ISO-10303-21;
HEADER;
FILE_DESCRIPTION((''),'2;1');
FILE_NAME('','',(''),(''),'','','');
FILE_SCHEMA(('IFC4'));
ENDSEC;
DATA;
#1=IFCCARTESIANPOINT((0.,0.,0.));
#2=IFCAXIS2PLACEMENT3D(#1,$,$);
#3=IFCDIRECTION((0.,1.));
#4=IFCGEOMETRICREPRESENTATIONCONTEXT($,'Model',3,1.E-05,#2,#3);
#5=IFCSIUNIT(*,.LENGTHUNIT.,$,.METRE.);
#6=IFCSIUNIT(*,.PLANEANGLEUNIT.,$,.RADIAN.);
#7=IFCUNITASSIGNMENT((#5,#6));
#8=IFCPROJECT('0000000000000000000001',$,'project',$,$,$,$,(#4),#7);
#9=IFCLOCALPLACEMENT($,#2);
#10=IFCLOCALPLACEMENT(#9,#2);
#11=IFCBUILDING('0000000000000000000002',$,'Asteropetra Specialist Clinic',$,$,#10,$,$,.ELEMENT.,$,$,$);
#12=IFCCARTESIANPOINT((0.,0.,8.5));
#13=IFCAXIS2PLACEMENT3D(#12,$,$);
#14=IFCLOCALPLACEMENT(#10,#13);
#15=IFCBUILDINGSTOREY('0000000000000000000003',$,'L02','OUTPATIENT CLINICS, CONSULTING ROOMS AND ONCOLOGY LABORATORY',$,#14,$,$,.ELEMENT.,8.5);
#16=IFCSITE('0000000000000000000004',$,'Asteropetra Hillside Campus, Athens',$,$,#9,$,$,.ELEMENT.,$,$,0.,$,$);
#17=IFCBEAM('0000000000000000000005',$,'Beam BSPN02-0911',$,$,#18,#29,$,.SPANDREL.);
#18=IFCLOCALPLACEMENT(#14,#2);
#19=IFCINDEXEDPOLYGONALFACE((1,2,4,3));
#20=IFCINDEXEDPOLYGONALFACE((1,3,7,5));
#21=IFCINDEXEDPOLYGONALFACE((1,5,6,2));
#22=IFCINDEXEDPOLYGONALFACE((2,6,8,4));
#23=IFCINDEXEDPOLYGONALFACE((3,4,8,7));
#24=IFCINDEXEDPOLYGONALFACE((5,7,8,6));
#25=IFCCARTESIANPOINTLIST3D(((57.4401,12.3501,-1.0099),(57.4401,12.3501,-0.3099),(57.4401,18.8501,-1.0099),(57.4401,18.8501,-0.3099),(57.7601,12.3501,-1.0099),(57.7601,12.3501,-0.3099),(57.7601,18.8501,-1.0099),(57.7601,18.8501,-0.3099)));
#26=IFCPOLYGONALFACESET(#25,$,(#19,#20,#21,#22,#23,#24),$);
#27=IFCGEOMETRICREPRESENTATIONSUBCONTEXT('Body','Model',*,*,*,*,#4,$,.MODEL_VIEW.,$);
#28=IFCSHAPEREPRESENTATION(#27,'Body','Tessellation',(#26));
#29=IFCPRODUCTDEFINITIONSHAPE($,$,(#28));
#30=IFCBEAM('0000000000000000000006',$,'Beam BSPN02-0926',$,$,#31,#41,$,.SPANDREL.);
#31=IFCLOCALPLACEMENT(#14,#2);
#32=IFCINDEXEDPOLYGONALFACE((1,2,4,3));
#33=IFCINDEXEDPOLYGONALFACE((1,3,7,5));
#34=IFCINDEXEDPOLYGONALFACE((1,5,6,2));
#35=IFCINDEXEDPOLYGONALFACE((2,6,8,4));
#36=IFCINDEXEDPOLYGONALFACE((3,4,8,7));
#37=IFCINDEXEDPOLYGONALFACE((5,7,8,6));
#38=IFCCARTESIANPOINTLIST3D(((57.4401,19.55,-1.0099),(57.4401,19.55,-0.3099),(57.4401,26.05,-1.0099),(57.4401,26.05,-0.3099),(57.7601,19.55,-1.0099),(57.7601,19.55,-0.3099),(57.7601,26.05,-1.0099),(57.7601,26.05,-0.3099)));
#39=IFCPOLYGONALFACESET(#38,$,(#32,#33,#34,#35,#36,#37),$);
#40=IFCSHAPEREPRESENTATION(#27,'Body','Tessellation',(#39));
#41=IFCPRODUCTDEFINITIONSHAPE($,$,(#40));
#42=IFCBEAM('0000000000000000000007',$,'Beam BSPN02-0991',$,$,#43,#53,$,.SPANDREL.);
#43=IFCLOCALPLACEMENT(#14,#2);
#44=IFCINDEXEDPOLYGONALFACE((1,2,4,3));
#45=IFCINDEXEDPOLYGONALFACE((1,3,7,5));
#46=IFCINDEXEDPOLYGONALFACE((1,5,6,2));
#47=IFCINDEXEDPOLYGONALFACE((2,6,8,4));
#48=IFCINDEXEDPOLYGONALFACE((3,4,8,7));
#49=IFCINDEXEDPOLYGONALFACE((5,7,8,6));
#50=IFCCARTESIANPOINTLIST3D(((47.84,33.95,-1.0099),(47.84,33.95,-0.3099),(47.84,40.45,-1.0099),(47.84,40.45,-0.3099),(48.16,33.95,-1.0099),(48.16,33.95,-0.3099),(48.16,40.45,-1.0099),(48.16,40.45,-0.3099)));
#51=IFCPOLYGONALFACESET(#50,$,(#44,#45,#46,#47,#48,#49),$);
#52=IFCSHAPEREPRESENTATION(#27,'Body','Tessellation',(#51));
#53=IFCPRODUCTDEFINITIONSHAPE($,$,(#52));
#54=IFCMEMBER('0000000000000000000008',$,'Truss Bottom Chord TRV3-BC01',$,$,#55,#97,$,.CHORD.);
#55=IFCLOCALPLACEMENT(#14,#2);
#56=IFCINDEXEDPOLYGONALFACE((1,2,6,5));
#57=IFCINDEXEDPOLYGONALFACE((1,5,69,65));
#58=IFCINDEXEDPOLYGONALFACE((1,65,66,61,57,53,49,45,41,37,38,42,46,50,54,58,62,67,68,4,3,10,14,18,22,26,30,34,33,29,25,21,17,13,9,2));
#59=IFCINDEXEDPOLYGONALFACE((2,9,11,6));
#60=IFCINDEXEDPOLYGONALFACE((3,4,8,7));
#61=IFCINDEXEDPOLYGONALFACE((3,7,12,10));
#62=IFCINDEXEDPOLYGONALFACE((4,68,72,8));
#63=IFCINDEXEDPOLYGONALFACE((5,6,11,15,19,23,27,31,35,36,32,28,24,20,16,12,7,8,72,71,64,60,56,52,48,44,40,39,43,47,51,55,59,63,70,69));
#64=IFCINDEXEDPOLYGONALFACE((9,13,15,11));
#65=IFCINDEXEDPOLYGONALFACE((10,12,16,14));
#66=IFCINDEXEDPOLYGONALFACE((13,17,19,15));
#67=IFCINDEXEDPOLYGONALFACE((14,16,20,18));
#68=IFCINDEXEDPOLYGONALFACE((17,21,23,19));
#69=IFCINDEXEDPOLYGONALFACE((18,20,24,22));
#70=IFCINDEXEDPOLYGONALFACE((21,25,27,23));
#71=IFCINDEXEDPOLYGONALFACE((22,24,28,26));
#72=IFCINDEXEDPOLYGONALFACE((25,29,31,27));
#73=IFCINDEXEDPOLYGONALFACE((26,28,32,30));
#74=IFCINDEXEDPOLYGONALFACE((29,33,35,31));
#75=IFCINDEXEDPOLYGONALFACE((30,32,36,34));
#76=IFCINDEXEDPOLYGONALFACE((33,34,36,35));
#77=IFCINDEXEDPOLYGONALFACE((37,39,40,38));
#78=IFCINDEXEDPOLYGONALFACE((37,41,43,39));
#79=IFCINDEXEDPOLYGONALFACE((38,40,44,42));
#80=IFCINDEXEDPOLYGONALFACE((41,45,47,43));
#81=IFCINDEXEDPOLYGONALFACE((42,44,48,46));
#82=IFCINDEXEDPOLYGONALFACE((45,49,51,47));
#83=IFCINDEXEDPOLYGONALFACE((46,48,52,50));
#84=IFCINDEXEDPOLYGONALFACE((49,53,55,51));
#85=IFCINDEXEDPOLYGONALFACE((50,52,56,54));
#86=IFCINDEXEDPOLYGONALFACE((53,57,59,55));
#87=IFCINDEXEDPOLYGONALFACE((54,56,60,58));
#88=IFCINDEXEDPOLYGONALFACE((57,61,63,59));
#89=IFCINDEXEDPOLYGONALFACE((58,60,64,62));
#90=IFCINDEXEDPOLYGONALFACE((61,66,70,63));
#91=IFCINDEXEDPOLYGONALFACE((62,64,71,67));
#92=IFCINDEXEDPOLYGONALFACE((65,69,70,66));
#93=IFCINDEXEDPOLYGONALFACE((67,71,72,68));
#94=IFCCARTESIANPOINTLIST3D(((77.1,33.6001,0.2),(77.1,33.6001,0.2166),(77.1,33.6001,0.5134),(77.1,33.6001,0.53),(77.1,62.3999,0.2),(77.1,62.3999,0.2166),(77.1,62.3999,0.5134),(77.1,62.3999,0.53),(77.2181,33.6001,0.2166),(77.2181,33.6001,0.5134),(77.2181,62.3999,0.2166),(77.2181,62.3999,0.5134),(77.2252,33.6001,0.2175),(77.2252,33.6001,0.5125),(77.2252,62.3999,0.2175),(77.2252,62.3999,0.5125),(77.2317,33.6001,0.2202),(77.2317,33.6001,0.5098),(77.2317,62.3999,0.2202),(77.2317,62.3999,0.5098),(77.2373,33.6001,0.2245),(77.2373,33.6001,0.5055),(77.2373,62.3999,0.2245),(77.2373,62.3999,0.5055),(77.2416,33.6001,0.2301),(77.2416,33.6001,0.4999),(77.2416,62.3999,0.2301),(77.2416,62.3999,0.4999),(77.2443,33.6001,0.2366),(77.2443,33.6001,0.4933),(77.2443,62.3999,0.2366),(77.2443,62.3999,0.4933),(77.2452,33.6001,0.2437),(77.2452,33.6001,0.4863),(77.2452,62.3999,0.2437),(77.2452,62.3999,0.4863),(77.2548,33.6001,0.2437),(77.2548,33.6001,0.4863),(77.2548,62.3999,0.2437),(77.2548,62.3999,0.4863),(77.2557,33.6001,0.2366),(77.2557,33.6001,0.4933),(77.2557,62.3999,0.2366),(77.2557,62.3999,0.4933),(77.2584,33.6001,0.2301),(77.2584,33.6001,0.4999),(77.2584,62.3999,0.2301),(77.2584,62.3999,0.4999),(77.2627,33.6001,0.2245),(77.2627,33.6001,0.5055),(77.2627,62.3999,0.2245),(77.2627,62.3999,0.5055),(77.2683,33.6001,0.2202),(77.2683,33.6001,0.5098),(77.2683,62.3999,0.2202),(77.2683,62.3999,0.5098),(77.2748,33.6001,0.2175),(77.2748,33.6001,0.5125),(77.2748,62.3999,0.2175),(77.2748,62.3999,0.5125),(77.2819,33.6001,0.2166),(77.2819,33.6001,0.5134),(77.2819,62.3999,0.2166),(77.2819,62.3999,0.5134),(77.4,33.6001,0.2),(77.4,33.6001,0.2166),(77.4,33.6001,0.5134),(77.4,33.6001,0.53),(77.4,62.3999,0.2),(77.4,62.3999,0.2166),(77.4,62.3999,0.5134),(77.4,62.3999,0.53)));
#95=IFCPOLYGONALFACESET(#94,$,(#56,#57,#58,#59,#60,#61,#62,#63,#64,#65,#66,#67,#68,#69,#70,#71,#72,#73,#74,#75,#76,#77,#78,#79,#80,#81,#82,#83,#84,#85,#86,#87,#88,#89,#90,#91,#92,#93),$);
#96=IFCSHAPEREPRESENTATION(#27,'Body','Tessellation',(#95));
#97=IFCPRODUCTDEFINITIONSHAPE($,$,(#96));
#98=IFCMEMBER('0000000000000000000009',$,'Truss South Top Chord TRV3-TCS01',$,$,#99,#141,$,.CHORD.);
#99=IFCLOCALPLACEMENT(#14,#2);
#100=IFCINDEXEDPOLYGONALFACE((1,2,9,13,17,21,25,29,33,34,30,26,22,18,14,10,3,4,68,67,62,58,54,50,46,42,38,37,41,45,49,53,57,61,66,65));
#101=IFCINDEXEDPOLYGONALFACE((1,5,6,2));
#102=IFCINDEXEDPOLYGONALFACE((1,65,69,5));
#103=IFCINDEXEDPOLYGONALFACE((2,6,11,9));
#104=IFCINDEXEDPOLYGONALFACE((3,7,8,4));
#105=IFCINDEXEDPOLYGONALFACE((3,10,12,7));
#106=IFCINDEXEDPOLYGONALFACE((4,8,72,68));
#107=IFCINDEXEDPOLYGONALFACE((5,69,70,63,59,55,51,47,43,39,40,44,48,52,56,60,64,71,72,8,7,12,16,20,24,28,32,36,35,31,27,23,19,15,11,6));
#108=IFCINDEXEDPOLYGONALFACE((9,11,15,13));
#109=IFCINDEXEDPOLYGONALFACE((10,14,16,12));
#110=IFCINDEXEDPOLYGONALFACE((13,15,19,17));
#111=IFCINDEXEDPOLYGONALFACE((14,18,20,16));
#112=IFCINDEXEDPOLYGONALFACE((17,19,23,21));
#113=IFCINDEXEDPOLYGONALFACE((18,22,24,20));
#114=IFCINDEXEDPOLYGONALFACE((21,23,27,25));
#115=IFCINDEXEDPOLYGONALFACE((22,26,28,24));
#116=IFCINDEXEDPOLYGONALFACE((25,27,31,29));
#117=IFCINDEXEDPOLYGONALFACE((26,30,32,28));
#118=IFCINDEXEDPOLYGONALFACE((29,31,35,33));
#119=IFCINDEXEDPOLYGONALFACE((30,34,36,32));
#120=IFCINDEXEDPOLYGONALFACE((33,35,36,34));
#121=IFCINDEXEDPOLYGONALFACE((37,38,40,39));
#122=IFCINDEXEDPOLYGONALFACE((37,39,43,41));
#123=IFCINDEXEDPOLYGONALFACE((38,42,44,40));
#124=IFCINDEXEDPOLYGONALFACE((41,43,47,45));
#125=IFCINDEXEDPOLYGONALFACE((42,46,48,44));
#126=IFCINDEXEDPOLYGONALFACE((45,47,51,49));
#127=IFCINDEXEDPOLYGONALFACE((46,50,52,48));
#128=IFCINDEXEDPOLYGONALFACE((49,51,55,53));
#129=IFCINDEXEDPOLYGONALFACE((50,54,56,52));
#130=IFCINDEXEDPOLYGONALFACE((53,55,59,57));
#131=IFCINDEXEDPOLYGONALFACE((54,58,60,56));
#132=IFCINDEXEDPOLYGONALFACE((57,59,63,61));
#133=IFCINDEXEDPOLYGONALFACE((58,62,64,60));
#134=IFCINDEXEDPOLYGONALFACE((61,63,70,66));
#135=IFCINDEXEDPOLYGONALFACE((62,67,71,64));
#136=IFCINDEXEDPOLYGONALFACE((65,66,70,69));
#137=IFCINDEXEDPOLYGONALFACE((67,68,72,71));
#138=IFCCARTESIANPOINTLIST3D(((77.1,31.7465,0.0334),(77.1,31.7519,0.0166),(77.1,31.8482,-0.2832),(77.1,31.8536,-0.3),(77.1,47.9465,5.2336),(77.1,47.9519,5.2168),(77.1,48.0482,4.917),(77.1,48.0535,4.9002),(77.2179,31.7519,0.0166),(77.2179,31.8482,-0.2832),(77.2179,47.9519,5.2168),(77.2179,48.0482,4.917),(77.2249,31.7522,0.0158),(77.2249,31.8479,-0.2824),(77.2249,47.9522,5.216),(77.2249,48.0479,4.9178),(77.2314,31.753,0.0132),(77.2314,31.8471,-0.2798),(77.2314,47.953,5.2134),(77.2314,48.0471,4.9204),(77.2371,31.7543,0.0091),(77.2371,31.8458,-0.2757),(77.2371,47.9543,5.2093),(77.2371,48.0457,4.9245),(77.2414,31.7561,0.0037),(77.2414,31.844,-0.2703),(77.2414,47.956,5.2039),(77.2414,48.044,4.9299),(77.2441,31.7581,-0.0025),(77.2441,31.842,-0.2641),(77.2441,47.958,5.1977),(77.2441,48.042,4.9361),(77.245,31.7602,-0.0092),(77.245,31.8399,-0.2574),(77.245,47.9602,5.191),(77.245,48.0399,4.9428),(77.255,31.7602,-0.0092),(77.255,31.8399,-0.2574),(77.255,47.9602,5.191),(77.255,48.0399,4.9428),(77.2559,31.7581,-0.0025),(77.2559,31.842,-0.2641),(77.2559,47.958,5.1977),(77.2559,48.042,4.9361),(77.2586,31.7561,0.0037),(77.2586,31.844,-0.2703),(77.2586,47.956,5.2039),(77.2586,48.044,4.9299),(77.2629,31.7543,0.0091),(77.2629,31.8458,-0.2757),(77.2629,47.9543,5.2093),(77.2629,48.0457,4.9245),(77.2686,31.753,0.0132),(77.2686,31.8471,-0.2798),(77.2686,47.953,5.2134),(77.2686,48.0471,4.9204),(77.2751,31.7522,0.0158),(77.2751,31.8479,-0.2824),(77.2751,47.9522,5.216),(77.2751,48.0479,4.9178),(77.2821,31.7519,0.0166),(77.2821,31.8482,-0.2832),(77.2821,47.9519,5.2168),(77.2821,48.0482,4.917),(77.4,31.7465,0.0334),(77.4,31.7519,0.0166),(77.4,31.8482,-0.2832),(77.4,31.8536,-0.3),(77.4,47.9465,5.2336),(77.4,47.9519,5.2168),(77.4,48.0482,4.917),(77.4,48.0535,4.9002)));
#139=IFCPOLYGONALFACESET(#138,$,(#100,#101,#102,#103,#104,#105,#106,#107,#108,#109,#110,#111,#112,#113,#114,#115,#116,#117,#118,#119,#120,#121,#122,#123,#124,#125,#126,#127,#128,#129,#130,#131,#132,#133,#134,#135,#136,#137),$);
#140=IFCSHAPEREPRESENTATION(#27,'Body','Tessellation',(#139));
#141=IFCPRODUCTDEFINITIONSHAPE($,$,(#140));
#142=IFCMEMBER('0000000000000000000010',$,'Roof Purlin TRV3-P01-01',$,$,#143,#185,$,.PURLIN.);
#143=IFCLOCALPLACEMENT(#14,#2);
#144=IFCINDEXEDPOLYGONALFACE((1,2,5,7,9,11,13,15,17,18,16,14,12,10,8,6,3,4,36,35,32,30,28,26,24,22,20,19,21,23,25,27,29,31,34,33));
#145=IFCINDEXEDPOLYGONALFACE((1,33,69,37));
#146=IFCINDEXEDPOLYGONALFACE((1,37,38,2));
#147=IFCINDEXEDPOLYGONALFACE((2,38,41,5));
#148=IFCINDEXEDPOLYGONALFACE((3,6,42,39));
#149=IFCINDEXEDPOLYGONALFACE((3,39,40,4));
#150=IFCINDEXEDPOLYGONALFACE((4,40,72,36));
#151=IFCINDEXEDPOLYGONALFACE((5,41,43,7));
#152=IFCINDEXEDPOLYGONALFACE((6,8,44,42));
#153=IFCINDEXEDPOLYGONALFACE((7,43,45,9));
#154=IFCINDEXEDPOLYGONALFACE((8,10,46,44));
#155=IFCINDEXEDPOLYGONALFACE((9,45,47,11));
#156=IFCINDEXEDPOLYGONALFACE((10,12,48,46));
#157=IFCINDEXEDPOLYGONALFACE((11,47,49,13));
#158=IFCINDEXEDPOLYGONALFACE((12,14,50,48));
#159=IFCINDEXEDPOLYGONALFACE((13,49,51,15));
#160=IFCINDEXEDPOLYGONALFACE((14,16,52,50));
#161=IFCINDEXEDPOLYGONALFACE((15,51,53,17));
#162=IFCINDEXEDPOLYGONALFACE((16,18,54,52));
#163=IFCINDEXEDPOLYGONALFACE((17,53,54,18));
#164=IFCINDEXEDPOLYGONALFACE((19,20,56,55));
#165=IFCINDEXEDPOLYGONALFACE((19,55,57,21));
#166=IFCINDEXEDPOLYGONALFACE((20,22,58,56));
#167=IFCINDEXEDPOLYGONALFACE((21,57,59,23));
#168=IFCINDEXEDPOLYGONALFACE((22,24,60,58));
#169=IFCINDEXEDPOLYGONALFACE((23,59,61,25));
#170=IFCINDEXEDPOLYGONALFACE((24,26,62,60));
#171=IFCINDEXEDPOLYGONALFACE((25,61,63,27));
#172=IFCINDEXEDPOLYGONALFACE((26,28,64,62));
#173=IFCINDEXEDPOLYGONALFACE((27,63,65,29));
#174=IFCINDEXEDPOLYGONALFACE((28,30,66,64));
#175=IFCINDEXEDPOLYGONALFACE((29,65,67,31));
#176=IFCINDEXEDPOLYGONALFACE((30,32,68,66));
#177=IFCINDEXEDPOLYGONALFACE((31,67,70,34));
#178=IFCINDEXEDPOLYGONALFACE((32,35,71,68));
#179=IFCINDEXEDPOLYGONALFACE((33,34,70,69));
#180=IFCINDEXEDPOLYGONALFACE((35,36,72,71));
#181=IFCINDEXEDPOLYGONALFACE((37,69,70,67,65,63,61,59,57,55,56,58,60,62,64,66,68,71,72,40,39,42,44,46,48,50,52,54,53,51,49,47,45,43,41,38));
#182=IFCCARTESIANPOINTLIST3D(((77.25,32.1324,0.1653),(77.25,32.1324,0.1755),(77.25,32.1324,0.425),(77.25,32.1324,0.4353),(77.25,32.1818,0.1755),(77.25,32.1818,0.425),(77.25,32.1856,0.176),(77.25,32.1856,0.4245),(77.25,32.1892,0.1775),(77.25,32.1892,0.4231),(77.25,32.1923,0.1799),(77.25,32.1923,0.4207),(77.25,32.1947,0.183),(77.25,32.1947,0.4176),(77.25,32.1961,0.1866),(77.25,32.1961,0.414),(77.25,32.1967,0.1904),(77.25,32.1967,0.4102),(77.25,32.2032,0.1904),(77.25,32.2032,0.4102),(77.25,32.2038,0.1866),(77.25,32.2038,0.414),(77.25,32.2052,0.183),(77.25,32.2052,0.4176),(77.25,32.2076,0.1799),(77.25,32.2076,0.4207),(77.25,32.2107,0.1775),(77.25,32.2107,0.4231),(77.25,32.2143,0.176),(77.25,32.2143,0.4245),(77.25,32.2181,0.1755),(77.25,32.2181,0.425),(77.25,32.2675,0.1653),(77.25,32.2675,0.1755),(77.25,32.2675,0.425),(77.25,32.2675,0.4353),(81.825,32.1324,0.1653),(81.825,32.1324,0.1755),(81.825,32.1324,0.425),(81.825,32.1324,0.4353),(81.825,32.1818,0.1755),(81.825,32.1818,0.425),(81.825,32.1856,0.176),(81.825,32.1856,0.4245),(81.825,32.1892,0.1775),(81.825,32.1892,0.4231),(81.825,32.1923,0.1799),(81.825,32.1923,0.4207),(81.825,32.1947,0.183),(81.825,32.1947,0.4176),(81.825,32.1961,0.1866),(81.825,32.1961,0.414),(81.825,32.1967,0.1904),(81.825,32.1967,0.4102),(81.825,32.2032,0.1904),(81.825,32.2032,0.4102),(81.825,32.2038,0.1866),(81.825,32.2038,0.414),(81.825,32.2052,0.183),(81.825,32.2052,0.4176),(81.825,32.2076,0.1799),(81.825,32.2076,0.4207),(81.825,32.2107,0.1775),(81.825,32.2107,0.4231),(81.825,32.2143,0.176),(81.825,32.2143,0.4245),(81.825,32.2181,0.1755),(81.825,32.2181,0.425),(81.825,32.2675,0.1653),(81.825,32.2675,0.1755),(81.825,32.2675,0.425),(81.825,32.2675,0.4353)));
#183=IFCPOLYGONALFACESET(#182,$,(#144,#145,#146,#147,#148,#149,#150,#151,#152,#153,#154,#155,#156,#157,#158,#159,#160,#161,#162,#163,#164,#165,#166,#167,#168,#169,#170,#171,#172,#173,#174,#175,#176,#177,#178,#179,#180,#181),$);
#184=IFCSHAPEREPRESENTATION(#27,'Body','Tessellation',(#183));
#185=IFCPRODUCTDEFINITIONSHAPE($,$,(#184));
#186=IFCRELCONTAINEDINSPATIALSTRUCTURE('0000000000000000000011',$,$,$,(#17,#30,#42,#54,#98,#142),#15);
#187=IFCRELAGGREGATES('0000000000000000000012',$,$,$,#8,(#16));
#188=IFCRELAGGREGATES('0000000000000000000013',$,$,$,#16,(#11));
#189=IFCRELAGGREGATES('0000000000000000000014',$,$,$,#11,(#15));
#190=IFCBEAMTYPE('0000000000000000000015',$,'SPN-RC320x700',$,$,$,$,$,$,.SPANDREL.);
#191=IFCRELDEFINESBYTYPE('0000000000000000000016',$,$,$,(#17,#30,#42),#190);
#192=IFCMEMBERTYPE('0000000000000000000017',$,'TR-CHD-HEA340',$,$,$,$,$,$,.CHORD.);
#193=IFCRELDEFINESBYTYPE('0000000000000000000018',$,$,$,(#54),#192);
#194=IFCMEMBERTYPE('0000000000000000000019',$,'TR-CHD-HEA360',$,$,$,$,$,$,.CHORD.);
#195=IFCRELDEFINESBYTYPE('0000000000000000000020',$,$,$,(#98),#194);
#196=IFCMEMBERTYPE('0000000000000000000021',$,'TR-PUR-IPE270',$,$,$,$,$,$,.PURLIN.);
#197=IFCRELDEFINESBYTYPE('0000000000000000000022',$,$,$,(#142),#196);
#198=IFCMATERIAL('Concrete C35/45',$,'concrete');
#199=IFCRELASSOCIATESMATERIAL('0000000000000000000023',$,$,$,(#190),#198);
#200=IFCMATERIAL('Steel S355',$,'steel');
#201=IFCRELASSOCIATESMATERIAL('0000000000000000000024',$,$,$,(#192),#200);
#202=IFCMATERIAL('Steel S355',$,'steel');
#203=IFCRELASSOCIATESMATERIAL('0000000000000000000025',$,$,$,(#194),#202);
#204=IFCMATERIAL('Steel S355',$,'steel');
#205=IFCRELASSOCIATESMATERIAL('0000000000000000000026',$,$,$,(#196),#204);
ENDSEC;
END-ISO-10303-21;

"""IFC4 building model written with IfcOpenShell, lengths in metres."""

from ifc_helpers import new_model, si_unit, direction, frame, origin, origin_2d, place, context, subcontext, project, spatial, rectangle, i_section, extrude, material, material_profile, profile_set, type_object, element, save


model = new_model("IFC4")

# Units and contexts
model_context = context("Model", 3, precision=1e-05, world=origin(), true_north=direction((0.0, 1.0)))
body_context = subcontext(model_context, "Body", "Model", "MODEL_VIEW")
ifc_project = project(units=[si_unit("LENGTHUNIT", "METRE"), si_unit("PLANEANGLEUNIT", "RADIAN")], contexts=[model_context])

# Site, building, storey
site_placement = place(None, origin())
site = spatial("IfcSite", under=ifc_project, at=site_placement, Name="Asteropetra Hillside Campus, Athens", CompositionType="ELEMENT", RefElevation=0.0)
building_placement = place(site_placement, origin())
building = spatial("IfcBuilding", under=site, at=building_placement, Name="Asteropetra Specialist Clinic", CompositionType="ELEMENT")
storey_placement = place(building_placement, frame((0.0, 0.0, 8.5)))
storey = spatial("IfcBuildingStorey", under=building, at=storey_placement, Name="L02", Description="OUTPATIENT CLINICS, CONSULTING ROOMS AND ONCOLOGY LABORATORY", CompositionType="ELEMENT", Elevation=8.5)

# Beams
ifc_material_1 = material(Name="Concrete C35/45", Category="concrete")
ifc_material_profile_1 = material_profile(ifc_material_1, rectangle(XDim=0.3201, YDim=0.7, at=origin_2d()), Name="RCS 320x700")
ifc_profile_set_1 = profile_set([ifc_material_profile_1], Name="Concrete C35/45")
beam_type_1 = type_object("IfcBeamType", Name="SPN-RC320x700", PredefinedType="SPANDREL", material=ifc_profile_set_1)
for number, where, z_axis, x_axis, name in (
    (1, (57.6001, 12.3501, -0.6599), (0.0, 1.0, 0.0), (-1.0, 0.0, 0.0), "Beam BSPN02-0911"),
    (2, (57.6001, 19.55, -0.6599), (0.0, 1.0, 0.0), (-1.0, 0.0, 0.0), "Beam BSPN02-0926"),
    (3, (48.0, 33.95, -0.6599), (0.0, 1.0, 0.0), (-1.0, 0.0, 0.0), "Beam BSPN02-0991"),
):
    element("IfcBeam", number, at=place(storey_placement, frame(where, z_axis=z_axis, x_axis=x_axis)), inside=storey, type_object=beam_type_1, Name=name, PredefinedType="SPANDREL", context=body_context, shape_type="SweptSolid", body=[
        extrude(rectangle(XDim=0.3201, YDim=0.7, at=origin_2d()), origin(), (0.0, 0.0, 1.0), 6.5),
    ])

# Members
ifc_material_2 = material(Name="Steel S355", Category="steel")
ifc_material_profile_2 = material_profile(ifc_material_2, i_section(OverallWidth=0.3, OverallDepth=0.3301, WebThickness=0.0095, FlangeThickness=0.0166, FilletRadius=0.0271, at=origin_2d()), Name="HEA 340")
ifc_profile_set_2 = profile_set([ifc_material_profile_2], Name="Steel S355")
member_type_1 = type_object("IfcMemberType", Name="TR-CHD-HEA340", PredefinedType="CHORD", material=ifc_profile_set_2)
member_1_placement = place(storey_placement, frame((77.25, 33.6001, 0.365), z_axis=(0.0, 1.0, 0.0), x_axis=(-1.0, 0.0, 0.0)))
element("IfcMember", 4, at=member_1_placement, inside=storey, type_object=member_type_1, Name="Truss Bottom Chord TRV3-BC01", PredefinedType="CHORD", context=body_context, shape_type="SweptSolid", body=[
    extrude(i_section(OverallWidth=0.3, OverallDepth=0.3301, WebThickness=0.0095, FlangeThickness=0.0166, FilletRadius=0.0271, at=origin_2d()), origin(), (0.0, 0.0, 1.0), 28.7998),
])
ifc_material_3 = material(Name="Steel S355", Category="steel")
ifc_material_profile_3 = material_profile(ifc_material_3, i_section(OverallWidth=0.3, OverallDepth=0.3501, WebThickness=0.01, FlangeThickness=0.0176, FilletRadius=0.0271, at=origin_2d()), Name="HEA 360")
ifc_profile_set_3 = profile_set([ifc_material_profile_3], Name="Steel S355")
member_type_2 = type_object("IfcMemberType", Name="TR-CHD-HEA360", PredefinedType="CHORD", material=ifc_profile_set_3)
member_2_placement = place(storey_placement, frame((77.25, 31.8, -0.1333), z_axis=(0.0, 0.952147, 0.30564), x_axis=(-1.0, 0.0, 0.0)))
element("IfcMember", 5, at=member_2_placement, inside=storey, type_object=member_type_2, Name="Truss South Top Chord TRV3-TCS01", PredefinedType="CHORD", context=body_context, shape_type="SweptSolid", body=[
    extrude(i_section(OverallWidth=0.3, OverallDepth=0.3501, WebThickness=0.01, FlangeThickness=0.0176, FilletRadius=0.0271, at=origin_2d()), origin(), (0.0, 0.0, 1.0), 17.0142),
])
ifc_material_4 = material(Name="Steel S355", Category="steel")
ifc_material_profile_4 = material_profile(ifc_material_4, i_section(OverallWidth=0.135, OverallDepth=0.27, WebThickness=0.0066, FlangeThickness=0.0103, FilletRadius=0.0149, at=origin_2d()), Name="IPE 270")
ifc_profile_set_4 = profile_set([ifc_material_profile_4], Name="Steel S355")
member_type_3 = type_object("IfcMemberType", Name="TR-PUR-IPE270", PredefinedType="PURLIN", material=ifc_profile_set_4)
member_3_placement = place(storey_placement, frame((77.25, 32.2, 0.3003), z_axis=(1.0, 0.0, 0.0), x_axis=(0.0, 1.0, 0.0)))
element("IfcMember", 6, at=member_3_placement, inside=storey, type_object=member_type_3, Name="Roof Purlin TRV3-P01-01", PredefinedType="PURLIN", context=body_context, shape_type="SweptSolid", body=[
    extrude(i_section(OverallWidth=0.135, OverallDepth=0.27, WebThickness=0.0066, FlangeThickness=0.0103, FilletRadius=0.0149, at=origin_2d()), origin(), (0.0, 0.0, 1.0), 4.575),
])

save(model, "model.ifc")
